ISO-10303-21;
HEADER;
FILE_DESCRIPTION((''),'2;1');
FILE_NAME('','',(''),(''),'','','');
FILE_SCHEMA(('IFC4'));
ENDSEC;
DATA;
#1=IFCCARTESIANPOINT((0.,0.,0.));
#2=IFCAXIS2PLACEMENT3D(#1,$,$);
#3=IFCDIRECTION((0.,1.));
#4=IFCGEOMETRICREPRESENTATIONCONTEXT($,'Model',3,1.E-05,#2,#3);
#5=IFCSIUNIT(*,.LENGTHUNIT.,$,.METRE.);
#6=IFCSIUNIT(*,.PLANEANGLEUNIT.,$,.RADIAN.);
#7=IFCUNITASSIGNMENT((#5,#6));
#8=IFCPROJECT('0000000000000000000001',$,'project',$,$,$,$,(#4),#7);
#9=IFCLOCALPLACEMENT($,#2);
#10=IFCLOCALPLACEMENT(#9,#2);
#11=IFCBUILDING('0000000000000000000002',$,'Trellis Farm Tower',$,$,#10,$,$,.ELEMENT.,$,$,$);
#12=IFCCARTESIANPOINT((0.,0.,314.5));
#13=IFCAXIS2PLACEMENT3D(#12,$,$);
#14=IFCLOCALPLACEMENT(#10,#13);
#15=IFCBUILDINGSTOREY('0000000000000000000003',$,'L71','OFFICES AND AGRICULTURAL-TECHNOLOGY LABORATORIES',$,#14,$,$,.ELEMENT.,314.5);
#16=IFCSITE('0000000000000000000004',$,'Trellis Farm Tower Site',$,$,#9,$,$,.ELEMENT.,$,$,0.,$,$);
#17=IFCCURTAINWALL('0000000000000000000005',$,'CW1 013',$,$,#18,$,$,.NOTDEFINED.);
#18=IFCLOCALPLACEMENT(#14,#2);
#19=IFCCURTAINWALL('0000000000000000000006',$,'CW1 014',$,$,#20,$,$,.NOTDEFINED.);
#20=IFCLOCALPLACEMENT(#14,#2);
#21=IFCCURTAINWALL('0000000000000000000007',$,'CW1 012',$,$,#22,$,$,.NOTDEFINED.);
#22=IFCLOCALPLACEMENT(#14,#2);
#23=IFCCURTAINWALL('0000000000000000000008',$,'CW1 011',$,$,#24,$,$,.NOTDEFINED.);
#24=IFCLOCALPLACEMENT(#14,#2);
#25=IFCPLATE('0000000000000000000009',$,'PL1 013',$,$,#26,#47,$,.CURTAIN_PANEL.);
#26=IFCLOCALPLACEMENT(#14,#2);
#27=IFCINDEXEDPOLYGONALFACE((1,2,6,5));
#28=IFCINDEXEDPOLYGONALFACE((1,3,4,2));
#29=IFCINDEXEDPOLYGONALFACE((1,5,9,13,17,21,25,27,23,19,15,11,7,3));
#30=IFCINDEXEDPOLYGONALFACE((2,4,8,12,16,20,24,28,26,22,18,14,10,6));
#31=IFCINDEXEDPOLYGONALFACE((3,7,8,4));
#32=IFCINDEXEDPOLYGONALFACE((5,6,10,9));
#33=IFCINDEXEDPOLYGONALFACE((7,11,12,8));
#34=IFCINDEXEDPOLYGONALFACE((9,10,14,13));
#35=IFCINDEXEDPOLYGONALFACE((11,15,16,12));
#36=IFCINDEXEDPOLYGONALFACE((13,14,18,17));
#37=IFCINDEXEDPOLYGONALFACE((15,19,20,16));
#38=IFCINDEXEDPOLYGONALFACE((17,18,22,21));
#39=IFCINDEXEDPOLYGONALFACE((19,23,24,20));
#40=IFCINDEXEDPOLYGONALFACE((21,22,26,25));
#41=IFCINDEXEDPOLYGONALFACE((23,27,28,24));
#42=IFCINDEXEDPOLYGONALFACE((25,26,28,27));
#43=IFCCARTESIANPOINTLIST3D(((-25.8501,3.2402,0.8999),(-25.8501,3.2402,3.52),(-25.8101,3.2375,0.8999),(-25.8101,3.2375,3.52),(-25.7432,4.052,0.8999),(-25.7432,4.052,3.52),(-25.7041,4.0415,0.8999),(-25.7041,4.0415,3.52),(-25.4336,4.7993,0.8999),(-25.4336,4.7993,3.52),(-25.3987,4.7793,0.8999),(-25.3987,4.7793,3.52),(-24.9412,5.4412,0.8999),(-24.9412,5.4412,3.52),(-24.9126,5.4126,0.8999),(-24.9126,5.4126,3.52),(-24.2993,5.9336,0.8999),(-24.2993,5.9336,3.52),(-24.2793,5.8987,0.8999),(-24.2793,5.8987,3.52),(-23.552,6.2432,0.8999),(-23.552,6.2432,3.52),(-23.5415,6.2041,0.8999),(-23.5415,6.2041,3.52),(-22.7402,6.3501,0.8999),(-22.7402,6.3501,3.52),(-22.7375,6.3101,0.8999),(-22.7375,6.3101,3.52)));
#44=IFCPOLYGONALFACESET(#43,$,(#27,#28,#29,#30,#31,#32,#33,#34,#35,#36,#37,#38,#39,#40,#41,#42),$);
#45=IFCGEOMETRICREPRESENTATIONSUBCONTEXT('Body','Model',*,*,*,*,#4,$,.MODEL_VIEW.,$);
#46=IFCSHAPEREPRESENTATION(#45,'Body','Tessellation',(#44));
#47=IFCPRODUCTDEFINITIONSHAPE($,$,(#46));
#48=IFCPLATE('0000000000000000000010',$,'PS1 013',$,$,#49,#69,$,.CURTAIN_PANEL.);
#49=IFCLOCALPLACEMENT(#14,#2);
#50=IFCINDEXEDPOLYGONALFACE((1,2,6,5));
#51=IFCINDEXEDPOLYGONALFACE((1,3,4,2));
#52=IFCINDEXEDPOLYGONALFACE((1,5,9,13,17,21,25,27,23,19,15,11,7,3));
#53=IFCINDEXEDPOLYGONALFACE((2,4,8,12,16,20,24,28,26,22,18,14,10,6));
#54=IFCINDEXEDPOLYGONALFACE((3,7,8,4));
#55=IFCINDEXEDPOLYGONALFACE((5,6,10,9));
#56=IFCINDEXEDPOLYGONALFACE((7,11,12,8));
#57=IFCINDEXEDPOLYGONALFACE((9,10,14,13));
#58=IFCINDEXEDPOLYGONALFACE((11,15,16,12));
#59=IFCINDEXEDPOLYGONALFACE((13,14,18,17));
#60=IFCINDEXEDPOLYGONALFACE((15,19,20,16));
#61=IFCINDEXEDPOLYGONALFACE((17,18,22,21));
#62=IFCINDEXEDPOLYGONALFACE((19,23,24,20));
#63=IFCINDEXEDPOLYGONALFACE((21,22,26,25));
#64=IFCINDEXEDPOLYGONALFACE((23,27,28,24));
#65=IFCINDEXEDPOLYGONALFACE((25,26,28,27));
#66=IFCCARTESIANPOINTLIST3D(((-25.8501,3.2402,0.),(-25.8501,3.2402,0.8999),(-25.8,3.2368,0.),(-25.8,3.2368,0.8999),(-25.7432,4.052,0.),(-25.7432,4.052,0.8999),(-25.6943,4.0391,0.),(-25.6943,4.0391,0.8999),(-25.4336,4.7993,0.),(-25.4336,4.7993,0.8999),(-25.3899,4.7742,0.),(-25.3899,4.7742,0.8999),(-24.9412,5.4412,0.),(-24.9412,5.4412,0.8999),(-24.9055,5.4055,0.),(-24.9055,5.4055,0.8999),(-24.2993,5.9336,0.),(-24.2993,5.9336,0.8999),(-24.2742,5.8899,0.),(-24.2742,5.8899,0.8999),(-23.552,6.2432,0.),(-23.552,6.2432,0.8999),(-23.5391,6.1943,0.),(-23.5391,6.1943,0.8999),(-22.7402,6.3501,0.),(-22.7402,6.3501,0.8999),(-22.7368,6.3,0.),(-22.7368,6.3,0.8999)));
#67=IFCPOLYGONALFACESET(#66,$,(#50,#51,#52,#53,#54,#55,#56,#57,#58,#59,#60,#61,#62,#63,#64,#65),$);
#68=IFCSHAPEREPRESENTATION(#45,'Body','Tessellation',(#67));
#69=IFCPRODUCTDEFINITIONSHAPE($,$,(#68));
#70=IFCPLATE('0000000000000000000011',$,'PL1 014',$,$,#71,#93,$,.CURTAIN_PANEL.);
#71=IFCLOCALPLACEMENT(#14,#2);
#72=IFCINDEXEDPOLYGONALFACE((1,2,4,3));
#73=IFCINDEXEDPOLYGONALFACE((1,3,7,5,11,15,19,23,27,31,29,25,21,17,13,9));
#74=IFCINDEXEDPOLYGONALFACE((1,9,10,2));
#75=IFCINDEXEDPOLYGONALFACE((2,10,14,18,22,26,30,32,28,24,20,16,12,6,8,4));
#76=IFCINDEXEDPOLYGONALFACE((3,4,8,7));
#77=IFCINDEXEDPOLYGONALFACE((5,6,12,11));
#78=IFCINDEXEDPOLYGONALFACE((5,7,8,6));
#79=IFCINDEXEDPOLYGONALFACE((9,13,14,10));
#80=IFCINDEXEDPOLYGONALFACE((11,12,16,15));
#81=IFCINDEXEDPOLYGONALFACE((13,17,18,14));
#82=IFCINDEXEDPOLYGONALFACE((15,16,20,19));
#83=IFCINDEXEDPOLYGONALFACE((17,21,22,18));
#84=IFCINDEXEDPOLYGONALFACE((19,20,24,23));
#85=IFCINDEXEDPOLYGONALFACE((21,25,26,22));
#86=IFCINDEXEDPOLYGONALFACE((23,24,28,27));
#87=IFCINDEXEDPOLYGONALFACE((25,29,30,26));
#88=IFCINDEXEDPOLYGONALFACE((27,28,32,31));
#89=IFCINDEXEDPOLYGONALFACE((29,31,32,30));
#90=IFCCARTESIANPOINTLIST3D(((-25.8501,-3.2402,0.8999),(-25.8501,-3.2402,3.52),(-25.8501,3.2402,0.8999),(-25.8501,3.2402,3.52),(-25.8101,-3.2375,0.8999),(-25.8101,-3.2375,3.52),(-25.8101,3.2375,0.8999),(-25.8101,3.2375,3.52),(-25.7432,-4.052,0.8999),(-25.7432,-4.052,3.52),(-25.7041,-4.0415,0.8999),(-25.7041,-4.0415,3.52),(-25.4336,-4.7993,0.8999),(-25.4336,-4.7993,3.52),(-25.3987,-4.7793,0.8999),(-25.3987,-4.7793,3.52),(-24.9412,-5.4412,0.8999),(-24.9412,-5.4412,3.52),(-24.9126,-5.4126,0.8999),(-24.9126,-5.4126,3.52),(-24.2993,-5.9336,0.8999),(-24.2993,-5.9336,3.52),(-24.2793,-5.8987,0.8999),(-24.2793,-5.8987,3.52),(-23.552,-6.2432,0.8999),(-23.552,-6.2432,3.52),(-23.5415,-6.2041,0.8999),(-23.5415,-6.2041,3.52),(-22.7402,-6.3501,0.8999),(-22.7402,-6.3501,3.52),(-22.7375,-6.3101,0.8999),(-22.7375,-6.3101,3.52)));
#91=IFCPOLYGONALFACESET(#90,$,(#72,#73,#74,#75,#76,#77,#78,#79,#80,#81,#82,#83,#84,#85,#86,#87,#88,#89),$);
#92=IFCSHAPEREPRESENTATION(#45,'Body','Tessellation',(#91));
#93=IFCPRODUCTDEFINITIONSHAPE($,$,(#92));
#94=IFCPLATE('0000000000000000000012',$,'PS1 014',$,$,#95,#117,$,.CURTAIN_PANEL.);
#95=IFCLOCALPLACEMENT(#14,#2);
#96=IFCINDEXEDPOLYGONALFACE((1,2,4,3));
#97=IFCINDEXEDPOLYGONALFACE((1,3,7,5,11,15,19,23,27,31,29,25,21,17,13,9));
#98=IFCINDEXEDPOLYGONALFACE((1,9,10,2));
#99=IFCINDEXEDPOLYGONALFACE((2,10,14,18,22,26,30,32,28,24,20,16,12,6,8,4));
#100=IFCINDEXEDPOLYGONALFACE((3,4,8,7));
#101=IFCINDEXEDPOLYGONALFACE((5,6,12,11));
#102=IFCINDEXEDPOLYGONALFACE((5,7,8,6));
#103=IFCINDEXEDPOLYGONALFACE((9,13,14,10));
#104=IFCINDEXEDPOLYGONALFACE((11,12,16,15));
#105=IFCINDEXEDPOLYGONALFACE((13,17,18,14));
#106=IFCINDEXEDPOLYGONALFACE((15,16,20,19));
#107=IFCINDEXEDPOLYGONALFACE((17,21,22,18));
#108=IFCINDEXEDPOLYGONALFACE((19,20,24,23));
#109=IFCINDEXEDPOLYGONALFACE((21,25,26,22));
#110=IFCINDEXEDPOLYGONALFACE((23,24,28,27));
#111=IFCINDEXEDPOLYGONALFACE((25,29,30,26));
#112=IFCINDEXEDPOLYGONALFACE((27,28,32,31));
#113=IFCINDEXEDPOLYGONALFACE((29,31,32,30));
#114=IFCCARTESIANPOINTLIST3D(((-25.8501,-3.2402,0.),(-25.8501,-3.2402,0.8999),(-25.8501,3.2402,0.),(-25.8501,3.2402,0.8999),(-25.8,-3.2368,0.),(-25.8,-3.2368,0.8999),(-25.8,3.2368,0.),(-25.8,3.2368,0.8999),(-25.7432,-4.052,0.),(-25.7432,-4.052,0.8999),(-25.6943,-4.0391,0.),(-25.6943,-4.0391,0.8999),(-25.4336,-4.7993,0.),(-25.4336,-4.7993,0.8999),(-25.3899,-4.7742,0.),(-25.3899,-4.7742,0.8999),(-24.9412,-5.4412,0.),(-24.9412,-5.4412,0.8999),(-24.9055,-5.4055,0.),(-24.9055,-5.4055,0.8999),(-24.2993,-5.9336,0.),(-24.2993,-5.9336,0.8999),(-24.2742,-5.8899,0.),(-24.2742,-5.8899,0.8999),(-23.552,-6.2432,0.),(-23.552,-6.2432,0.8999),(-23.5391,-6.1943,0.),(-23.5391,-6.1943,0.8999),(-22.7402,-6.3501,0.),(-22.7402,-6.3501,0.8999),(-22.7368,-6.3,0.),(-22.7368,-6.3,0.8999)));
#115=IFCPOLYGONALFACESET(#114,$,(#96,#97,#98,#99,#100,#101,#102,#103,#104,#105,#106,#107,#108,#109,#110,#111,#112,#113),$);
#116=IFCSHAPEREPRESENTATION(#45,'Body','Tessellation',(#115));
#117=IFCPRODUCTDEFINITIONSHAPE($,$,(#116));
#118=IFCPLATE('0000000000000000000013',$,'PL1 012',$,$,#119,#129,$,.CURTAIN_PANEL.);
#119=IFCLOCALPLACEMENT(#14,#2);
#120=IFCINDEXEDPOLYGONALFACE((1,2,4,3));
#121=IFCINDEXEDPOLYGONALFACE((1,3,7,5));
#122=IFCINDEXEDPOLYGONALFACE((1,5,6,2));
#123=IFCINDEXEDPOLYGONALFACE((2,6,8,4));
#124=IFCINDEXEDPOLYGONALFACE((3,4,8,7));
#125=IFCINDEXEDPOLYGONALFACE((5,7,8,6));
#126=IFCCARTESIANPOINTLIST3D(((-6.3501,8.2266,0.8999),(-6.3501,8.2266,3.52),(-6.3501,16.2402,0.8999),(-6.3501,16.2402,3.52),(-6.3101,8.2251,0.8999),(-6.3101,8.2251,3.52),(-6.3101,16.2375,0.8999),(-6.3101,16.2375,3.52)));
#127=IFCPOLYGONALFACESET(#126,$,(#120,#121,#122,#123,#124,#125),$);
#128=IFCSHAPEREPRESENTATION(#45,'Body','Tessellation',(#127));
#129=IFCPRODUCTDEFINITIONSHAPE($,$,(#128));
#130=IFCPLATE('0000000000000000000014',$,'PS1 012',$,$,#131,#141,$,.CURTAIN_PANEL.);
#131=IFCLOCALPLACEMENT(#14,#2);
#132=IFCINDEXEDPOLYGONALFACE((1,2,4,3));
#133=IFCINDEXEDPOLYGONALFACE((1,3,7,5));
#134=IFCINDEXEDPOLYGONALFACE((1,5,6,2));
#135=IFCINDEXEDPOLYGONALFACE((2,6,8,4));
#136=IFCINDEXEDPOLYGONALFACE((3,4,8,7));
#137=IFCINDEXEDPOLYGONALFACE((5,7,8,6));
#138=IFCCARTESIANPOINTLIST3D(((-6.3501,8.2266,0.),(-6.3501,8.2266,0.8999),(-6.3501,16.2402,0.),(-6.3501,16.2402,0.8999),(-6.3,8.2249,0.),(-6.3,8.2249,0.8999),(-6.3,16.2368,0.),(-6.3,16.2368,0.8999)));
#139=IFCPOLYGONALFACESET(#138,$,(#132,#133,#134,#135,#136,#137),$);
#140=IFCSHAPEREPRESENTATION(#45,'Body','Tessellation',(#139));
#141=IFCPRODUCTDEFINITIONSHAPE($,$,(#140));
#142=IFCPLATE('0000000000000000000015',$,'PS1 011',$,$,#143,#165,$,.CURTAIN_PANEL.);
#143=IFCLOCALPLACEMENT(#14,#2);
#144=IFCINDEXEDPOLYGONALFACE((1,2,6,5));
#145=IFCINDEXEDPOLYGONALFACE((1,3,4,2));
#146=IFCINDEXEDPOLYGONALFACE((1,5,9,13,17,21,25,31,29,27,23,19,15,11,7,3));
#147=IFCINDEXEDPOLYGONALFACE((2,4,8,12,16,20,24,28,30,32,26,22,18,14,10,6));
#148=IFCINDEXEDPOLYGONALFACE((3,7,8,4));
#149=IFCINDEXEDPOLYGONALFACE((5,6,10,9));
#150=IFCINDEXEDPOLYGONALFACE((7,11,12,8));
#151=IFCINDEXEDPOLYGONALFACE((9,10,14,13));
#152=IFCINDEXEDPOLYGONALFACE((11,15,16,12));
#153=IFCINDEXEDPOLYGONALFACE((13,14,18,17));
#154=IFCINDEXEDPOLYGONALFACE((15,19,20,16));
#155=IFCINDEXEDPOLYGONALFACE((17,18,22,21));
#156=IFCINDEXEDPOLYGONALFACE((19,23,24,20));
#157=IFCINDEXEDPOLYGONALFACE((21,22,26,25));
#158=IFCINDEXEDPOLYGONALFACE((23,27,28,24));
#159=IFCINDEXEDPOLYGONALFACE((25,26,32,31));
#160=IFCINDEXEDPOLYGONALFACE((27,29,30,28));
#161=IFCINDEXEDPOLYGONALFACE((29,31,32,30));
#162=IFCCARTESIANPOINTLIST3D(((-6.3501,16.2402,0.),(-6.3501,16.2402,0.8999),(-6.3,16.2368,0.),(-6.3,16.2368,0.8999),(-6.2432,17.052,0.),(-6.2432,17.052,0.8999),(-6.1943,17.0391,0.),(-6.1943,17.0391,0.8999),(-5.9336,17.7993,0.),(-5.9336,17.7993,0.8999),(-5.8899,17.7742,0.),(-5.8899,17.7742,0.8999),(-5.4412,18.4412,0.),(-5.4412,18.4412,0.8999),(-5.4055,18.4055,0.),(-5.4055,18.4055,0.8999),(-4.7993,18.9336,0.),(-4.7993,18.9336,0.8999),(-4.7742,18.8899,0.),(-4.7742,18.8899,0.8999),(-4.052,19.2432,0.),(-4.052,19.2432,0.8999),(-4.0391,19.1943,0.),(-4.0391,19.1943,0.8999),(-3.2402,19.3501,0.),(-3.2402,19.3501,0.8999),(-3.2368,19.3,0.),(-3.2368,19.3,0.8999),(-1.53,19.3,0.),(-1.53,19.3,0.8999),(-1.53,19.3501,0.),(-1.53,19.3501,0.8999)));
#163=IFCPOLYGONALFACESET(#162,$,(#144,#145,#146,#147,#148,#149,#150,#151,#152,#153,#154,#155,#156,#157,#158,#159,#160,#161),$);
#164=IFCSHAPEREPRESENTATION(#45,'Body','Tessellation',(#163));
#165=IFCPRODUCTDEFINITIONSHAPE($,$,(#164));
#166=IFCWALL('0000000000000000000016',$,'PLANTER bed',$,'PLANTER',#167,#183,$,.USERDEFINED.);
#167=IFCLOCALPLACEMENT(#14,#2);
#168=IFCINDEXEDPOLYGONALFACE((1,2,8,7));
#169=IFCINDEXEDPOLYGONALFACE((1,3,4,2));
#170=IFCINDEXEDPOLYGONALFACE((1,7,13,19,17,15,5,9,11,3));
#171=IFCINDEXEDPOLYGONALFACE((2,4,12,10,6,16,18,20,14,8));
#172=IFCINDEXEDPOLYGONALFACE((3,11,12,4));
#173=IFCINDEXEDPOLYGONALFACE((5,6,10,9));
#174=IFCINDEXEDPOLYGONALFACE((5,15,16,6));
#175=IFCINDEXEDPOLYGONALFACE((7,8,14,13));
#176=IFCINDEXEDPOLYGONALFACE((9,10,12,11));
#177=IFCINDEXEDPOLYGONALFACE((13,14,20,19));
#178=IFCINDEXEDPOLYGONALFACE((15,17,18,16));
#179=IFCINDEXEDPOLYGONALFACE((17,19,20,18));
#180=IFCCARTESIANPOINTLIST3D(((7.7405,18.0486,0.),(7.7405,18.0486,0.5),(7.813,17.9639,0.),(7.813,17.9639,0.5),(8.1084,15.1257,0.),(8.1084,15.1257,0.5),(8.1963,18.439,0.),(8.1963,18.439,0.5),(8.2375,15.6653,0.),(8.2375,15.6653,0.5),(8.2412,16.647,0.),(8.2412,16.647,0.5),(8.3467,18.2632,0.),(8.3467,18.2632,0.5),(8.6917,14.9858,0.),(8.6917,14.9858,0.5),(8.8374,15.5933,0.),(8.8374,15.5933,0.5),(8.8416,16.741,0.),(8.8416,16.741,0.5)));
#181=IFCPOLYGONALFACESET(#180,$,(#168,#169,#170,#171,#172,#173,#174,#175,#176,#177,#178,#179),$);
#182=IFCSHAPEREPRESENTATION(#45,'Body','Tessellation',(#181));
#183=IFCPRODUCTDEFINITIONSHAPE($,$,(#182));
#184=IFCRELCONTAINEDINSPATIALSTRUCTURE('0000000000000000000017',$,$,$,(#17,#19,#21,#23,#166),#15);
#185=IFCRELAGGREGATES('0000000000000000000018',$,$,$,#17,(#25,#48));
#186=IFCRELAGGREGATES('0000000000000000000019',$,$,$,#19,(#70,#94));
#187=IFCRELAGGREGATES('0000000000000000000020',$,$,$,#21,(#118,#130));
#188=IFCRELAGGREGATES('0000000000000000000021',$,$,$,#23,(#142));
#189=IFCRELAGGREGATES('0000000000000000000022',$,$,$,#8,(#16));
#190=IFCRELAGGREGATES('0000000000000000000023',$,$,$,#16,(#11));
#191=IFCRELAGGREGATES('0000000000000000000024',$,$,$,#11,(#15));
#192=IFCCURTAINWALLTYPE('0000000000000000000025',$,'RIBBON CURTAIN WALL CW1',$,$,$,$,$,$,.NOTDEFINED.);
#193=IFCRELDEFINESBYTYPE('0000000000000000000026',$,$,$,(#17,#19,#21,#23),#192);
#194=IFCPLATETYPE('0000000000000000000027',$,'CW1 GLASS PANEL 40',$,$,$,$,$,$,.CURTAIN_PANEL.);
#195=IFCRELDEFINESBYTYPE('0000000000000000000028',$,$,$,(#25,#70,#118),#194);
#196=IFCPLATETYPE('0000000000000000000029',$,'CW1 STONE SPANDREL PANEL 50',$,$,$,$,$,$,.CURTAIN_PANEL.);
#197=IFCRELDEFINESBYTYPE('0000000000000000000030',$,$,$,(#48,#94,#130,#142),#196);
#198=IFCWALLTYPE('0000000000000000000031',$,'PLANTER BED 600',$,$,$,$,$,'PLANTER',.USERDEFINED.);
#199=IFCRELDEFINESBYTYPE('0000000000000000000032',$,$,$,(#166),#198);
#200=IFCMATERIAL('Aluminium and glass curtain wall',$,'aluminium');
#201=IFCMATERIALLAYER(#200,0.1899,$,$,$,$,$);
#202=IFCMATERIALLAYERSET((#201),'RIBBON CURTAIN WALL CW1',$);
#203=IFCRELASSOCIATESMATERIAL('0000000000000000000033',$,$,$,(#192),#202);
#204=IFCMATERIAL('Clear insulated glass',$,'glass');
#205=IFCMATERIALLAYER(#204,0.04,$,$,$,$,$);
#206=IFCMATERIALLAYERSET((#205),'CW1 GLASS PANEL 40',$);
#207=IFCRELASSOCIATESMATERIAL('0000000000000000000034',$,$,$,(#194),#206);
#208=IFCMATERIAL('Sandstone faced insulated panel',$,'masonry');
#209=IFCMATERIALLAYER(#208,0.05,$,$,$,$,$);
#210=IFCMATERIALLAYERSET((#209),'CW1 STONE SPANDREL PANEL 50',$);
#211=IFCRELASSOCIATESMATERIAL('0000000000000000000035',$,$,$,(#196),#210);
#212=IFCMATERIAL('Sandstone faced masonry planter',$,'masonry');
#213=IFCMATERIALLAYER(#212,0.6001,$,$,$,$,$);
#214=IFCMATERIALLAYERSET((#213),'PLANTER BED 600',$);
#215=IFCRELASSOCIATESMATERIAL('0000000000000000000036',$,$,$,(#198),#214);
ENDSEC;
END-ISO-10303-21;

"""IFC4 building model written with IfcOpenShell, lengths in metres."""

from ifc_helpers import new_model, si_unit, direction, frame, origin, place, context, subcontext, project, spatial, polyline, outline, extrude, source, transform, mapped, material, layer, layer_set, type_object, element, aggregate, save


model = new_model("IFC4")

# Units and contexts
model_context = context("Model", 3, precision=1e-05, world=origin(), true_north=direction((0.0, 1.0)))
body_context = subcontext(model_context, "Body", "Model", "MODEL_VIEW")
ifc_project = project(units=[si_unit("LENGTHUNIT", "METRE"), si_unit("PLANEANGLEUNIT", "RADIAN")], contexts=[model_context])

# Site, building, storey
site_placement = place(None, origin())
site = spatial("IfcSite", under=ifc_project, at=site_placement, Name="Trellis Farm Tower Site", CompositionType="ELEMENT", RefElevation=0.0)
building_placement = place(site_placement, origin())
building = spatial("IfcBuilding", under=site, at=building_placement, Name="Trellis Farm Tower", CompositionType="ELEMENT")
storey_placement = place(building_placement, frame((0.0, 0.0, 314.5)))
storey = spatial("IfcBuildingStorey", under=building, at=storey_placement, Name="L71", Description="OFFICES AND AGRICULTURAL-TECHNOLOGY LABORATORIES", CompositionType="ELEMENT", Elevation=314.5)

# Curtain walls
ifc_material_1 = material(Name="Aluminium and glass curtain wall", Category="aluminium")
placement_1 = place(storey_placement, origin())
ifc_layer_1 = layer(ifc_material_1, 0.1899)
ifc_layer_set_1 = layer_set([ifc_layer_1], Name="RIBBON CURTAIN WALL CW1")
curtain_wall_type_1 = type_object("IfcCurtainWallType", Name="RIBBON CURTAIN WALL CW1", PredefinedType="NOTDEFINED", material=ifc_layer_set_1)
curtain_wall_1 = element("IfcCurtainWall", 1, at=placement_1, inside=storey, type_object=curtain_wall_type_1, Name="CW1 013", PredefinedType="NOTDEFINED")
curtain_wall_2 = element("IfcCurtainWall", 2, at=placement_1, inside=storey, type_object=curtain_wall_type_1, Name="CW1 014", PredefinedType="NOTDEFINED")
curtain_wall_3 = element("IfcCurtainWall", 3, at=placement_1, inside=storey, type_object=curtain_wall_type_1, Name="CW1 012", PredefinedType="NOTDEFINED")
curtain_wall_4 = element("IfcCurtainWall", 4, at=placement_1, inside=storey, type_object=curtain_wall_type_1, Name="CW1 011", PredefinedType="NOTDEFINED")

# Plates
ifc_material_2 = material(Name="Clear insulated glass", Category="glass")
ifc_layer_2 = layer(ifc_material_2, 0.04)
ifc_layer_set_2 = layer_set([ifc_layer_2], Name="CW1 GLASS PANEL 40")
plate_type_1 = type_object("IfcPlateType", Name="CW1 GLASS PANEL 40", PredefinedType="CURTAIN_PANEL", material=ifc_layer_set_2)
shared_shape_1 = source(origin(), body_context, "Body", "SweptSolid", [
    extrude(outline(polyline([(-22.7402, 6.3501), (-23.552, 6.2432), (-24.2993, 5.9336), (-24.9412, 5.4412), (-25.4336, 4.7993), (-25.7432, 4.052), (-25.8501, 3.2402), (-25.8101, 3.2375), (-25.7041, 4.0415), (-25.3987, 4.7793), (-24.9126, 5.4126), (-24.2793, 5.8987), (-23.5415, 6.2041), (-22.7375, 6.3101), (-22.7402, 6.3501)])), origin(), (0.0, 0.0, 1.0), 2.6201),
])
placement_2 = place(storey_placement, frame((0.0, 0.0, 0.8999)))
plate_1 = element("IfcPlate", 5, at=placement_2, type_object=plate_type_1, Name="PL1 013", PredefinedType="CURTAIN_PANEL", context=body_context, shape_type="MappedRepresentation", body=[
    mapped(shared_shape_1, transform((0.0, 0.0, 0.0))),
])
ifc_material_3 = material(Name="Sandstone faced insulated panel", Category="masonry")
ifc_layer_3 = layer(ifc_material_3, 0.05)
ifc_layer_set_3 = layer_set([ifc_layer_3], Name="CW1 STONE SPANDREL PANEL 50")
plate_type_2 = type_object("IfcPlateType", Name="CW1 STONE SPANDREL PANEL 50", PredefinedType="CURTAIN_PANEL", material=ifc_layer_set_3)
shared_shape_2 = source(origin(), body_context, "Body", "SweptSolid", [
    extrude(outline(polyline([(-22.7402, 6.3501), (-23.552, 6.2432), (-24.2993, 5.9336), (-24.9412, 5.4412), (-25.4336, 4.7993), (-25.7432, 4.052), (-25.8501, 3.2402), (-25.8, 3.2368), (-25.6943, 4.0391), (-25.3899, 4.7742), (-24.9055, 5.4055), (-24.2742, 5.8899), (-23.5391, 6.1943), (-22.7368, 6.3), (-22.7402, 6.3501)])), origin(), (0.0, 0.0, 1.0), 0.8999),
])
plate_2 = element("IfcPlate", 6, at=placement_1, type_object=plate_type_2, Name="PS1 013", PredefinedType="CURTAIN_PANEL", context=body_context, shape_type="MappedRepresentation", body=[
    mapped(shared_shape_2, transform((0.0, 0.0, 0.0))),
])
aggregate(curtain_wall_1, [plate_1, plate_2])
shared_shape_3 = source(origin(), body_context, "Body", "SweptSolid", [
    extrude(outline(polyline([(-25.8501, 3.2402), (-25.8501, -3.2402), (-25.7432, -4.052), (-25.4336, -4.7993), (-24.9412, -5.4412), (-24.2993, -5.9336), (-23.552, -6.2432), (-22.7402, -6.3501), (-22.7375, -6.3101), (-23.5415, -6.2041), (-24.2793, -5.8987), (-24.9126, -5.4126), (-25.3987, -4.7793), (-25.7041, -4.0415), (-25.8101, -3.2375), (-25.8101, 3.2375), (-25.8501, 3.2402)])), origin(), (0.0, 0.0, 1.0), 2.6201),
])
plate_3 = element("IfcPlate", 7, at=placement_2, type_object=plate_type_1, Name="PL1 014", PredefinedType="CURTAIN_PANEL", context=body_context, shape_type="MappedRepresentation", body=[
    mapped(shared_shape_3, transform((0.0, 0.0, 0.0))),
])
shared_shape_4 = source(origin(), body_context, "Body", "SweptSolid", [
    extrude(outline(polyline([(-25.8501, 3.2402), (-25.8501, -3.2402), (-25.7432, -4.052), (-25.4336, -4.7993), (-24.9412, -5.4412), (-24.2993, -5.9336), (-23.552, -6.2432), (-22.7402, -6.3501), (-22.7368, -6.3), (-23.5391, -6.1943), (-24.2742, -5.8899), (-24.9055, -5.4055), (-25.3899, -4.7742), (-25.6943, -4.0391), (-25.8, -3.2368), (-25.8, 3.2368), (-25.8501, 3.2402)])), origin(), (0.0, 0.0, 1.0), 0.8999),
])
plate_4 = element("IfcPlate", 8, at=placement_1, type_object=plate_type_2, Name="PS1 014", PredefinedType="CURTAIN_PANEL", context=body_context, shape_type="MappedRepresentation", body=[
    mapped(shared_shape_4, transform((0.0, 0.0, 0.0))),
])
aggregate(curtain_wall_2, [plate_3, plate_4])
shared_shape_5 = source(origin(), body_context, "Body", "SweptSolid", [
    extrude(outline(polyline([(-6.3501, 16.2402), (-6.3501, 8.2266), (-6.3101, 8.2251), (-6.3101, 16.2375), (-6.3501, 16.2402)])), origin(), (0.0, 0.0, 1.0), 2.6201),
])
plate_5 = element("IfcPlate", 9, at=placement_2, type_object=plate_type_1, Name="PL1 012", PredefinedType="CURTAIN_PANEL", context=body_context, shape_type="MappedRepresentation", body=[
    mapped(shared_shape_5, transform((0.0, 0.0, 0.0))),
])
shared_shape_6 = source(origin(), body_context, "Body", "SweptSolid", [
    extrude(outline(polyline([(-6.3501, 16.2402), (-6.3501, 8.2266), (-6.3, 8.2249), (-6.3, 16.2368), (-6.3501, 16.2402)])), origin(), (0.0, 0.0, 1.0), 0.8999),
])
plate_6 = element("IfcPlate", 10, at=placement_1, type_object=plate_type_2, Name="PS1 012", PredefinedType="CURTAIN_PANEL", context=body_context, shape_type="MappedRepresentation", body=[
    mapped(shared_shape_6, transform((0.0, 0.0, 0.0))),
])
aggregate(curtain_wall_3, [plate_5, plate_6])
shared_shape_7 = source(origin(), body_context, "Body", "SweptSolid", [
    extrude(outline(polyline([(-1.53, 19.3501), (-3.2402, 19.3501), (-4.052, 19.2432), (-4.7993, 18.9336), (-5.4412, 18.4412), (-5.9336, 17.7993), (-6.2432, 17.052), (-6.3501, 16.2402), (-6.3, 16.2368), (-6.1943, 17.0391), (-5.8899, 17.7742), (-5.4055, 18.4055), (-4.7742, 18.8899), (-4.0391, 19.1943), (-3.2368, 19.3), (-1.53, 19.3), (-1.53, 19.3501)])), origin(), (0.0, 0.0, 1.0), 0.8999),
])
plate_7 = element("IfcPlate", 11, at=placement_1, type_object=plate_type_2, Name="PS1 011", PredefinedType="CURTAIN_PANEL", context=body_context, shape_type="MappedRepresentation", body=[
    mapped(shared_shape_7, transform((0.0, 0.0, 0.0))),
])
aggregate(curtain_wall_4, [plate_7])

# Wall
ifc_material_4 = material(Name="Sandstone faced masonry planter", Category="masonry")
ifc_layer_4 = layer(ifc_material_4, 0.6001)
ifc_layer_set_4 = layer_set([ifc_layer_4], Name="PLANTER BED 600")
wall_type_1 = type_object("IfcWallType", Name="PLANTER BED 600", ElementType="PLANTER", PredefinedType="USERDEFINED", material=ifc_layer_set_4)
element("IfcWall", 12, at=placement_1, inside=storey, type_object=wall_type_1, Name="PLANTER bed", ObjectType="PLANTER", PredefinedType="USERDEFINED", context=body_context, shape_type="SweptSolid", body=[
    extrude(outline(polyline([(8.3467, 18.2632), (8.8416, 16.741), (8.8374, 15.5933), (8.6917, 14.9858), (8.1084, 15.1257), (8.2375, 15.6653), (8.2412, 16.647), (7.813, 17.9639), (7.7405, 18.0486), (8.1963, 18.439), (8.3467, 18.2632)])), origin(), (0.0, 0.0, 1.0), 0.5),
])

save(model, "model.ifc")
